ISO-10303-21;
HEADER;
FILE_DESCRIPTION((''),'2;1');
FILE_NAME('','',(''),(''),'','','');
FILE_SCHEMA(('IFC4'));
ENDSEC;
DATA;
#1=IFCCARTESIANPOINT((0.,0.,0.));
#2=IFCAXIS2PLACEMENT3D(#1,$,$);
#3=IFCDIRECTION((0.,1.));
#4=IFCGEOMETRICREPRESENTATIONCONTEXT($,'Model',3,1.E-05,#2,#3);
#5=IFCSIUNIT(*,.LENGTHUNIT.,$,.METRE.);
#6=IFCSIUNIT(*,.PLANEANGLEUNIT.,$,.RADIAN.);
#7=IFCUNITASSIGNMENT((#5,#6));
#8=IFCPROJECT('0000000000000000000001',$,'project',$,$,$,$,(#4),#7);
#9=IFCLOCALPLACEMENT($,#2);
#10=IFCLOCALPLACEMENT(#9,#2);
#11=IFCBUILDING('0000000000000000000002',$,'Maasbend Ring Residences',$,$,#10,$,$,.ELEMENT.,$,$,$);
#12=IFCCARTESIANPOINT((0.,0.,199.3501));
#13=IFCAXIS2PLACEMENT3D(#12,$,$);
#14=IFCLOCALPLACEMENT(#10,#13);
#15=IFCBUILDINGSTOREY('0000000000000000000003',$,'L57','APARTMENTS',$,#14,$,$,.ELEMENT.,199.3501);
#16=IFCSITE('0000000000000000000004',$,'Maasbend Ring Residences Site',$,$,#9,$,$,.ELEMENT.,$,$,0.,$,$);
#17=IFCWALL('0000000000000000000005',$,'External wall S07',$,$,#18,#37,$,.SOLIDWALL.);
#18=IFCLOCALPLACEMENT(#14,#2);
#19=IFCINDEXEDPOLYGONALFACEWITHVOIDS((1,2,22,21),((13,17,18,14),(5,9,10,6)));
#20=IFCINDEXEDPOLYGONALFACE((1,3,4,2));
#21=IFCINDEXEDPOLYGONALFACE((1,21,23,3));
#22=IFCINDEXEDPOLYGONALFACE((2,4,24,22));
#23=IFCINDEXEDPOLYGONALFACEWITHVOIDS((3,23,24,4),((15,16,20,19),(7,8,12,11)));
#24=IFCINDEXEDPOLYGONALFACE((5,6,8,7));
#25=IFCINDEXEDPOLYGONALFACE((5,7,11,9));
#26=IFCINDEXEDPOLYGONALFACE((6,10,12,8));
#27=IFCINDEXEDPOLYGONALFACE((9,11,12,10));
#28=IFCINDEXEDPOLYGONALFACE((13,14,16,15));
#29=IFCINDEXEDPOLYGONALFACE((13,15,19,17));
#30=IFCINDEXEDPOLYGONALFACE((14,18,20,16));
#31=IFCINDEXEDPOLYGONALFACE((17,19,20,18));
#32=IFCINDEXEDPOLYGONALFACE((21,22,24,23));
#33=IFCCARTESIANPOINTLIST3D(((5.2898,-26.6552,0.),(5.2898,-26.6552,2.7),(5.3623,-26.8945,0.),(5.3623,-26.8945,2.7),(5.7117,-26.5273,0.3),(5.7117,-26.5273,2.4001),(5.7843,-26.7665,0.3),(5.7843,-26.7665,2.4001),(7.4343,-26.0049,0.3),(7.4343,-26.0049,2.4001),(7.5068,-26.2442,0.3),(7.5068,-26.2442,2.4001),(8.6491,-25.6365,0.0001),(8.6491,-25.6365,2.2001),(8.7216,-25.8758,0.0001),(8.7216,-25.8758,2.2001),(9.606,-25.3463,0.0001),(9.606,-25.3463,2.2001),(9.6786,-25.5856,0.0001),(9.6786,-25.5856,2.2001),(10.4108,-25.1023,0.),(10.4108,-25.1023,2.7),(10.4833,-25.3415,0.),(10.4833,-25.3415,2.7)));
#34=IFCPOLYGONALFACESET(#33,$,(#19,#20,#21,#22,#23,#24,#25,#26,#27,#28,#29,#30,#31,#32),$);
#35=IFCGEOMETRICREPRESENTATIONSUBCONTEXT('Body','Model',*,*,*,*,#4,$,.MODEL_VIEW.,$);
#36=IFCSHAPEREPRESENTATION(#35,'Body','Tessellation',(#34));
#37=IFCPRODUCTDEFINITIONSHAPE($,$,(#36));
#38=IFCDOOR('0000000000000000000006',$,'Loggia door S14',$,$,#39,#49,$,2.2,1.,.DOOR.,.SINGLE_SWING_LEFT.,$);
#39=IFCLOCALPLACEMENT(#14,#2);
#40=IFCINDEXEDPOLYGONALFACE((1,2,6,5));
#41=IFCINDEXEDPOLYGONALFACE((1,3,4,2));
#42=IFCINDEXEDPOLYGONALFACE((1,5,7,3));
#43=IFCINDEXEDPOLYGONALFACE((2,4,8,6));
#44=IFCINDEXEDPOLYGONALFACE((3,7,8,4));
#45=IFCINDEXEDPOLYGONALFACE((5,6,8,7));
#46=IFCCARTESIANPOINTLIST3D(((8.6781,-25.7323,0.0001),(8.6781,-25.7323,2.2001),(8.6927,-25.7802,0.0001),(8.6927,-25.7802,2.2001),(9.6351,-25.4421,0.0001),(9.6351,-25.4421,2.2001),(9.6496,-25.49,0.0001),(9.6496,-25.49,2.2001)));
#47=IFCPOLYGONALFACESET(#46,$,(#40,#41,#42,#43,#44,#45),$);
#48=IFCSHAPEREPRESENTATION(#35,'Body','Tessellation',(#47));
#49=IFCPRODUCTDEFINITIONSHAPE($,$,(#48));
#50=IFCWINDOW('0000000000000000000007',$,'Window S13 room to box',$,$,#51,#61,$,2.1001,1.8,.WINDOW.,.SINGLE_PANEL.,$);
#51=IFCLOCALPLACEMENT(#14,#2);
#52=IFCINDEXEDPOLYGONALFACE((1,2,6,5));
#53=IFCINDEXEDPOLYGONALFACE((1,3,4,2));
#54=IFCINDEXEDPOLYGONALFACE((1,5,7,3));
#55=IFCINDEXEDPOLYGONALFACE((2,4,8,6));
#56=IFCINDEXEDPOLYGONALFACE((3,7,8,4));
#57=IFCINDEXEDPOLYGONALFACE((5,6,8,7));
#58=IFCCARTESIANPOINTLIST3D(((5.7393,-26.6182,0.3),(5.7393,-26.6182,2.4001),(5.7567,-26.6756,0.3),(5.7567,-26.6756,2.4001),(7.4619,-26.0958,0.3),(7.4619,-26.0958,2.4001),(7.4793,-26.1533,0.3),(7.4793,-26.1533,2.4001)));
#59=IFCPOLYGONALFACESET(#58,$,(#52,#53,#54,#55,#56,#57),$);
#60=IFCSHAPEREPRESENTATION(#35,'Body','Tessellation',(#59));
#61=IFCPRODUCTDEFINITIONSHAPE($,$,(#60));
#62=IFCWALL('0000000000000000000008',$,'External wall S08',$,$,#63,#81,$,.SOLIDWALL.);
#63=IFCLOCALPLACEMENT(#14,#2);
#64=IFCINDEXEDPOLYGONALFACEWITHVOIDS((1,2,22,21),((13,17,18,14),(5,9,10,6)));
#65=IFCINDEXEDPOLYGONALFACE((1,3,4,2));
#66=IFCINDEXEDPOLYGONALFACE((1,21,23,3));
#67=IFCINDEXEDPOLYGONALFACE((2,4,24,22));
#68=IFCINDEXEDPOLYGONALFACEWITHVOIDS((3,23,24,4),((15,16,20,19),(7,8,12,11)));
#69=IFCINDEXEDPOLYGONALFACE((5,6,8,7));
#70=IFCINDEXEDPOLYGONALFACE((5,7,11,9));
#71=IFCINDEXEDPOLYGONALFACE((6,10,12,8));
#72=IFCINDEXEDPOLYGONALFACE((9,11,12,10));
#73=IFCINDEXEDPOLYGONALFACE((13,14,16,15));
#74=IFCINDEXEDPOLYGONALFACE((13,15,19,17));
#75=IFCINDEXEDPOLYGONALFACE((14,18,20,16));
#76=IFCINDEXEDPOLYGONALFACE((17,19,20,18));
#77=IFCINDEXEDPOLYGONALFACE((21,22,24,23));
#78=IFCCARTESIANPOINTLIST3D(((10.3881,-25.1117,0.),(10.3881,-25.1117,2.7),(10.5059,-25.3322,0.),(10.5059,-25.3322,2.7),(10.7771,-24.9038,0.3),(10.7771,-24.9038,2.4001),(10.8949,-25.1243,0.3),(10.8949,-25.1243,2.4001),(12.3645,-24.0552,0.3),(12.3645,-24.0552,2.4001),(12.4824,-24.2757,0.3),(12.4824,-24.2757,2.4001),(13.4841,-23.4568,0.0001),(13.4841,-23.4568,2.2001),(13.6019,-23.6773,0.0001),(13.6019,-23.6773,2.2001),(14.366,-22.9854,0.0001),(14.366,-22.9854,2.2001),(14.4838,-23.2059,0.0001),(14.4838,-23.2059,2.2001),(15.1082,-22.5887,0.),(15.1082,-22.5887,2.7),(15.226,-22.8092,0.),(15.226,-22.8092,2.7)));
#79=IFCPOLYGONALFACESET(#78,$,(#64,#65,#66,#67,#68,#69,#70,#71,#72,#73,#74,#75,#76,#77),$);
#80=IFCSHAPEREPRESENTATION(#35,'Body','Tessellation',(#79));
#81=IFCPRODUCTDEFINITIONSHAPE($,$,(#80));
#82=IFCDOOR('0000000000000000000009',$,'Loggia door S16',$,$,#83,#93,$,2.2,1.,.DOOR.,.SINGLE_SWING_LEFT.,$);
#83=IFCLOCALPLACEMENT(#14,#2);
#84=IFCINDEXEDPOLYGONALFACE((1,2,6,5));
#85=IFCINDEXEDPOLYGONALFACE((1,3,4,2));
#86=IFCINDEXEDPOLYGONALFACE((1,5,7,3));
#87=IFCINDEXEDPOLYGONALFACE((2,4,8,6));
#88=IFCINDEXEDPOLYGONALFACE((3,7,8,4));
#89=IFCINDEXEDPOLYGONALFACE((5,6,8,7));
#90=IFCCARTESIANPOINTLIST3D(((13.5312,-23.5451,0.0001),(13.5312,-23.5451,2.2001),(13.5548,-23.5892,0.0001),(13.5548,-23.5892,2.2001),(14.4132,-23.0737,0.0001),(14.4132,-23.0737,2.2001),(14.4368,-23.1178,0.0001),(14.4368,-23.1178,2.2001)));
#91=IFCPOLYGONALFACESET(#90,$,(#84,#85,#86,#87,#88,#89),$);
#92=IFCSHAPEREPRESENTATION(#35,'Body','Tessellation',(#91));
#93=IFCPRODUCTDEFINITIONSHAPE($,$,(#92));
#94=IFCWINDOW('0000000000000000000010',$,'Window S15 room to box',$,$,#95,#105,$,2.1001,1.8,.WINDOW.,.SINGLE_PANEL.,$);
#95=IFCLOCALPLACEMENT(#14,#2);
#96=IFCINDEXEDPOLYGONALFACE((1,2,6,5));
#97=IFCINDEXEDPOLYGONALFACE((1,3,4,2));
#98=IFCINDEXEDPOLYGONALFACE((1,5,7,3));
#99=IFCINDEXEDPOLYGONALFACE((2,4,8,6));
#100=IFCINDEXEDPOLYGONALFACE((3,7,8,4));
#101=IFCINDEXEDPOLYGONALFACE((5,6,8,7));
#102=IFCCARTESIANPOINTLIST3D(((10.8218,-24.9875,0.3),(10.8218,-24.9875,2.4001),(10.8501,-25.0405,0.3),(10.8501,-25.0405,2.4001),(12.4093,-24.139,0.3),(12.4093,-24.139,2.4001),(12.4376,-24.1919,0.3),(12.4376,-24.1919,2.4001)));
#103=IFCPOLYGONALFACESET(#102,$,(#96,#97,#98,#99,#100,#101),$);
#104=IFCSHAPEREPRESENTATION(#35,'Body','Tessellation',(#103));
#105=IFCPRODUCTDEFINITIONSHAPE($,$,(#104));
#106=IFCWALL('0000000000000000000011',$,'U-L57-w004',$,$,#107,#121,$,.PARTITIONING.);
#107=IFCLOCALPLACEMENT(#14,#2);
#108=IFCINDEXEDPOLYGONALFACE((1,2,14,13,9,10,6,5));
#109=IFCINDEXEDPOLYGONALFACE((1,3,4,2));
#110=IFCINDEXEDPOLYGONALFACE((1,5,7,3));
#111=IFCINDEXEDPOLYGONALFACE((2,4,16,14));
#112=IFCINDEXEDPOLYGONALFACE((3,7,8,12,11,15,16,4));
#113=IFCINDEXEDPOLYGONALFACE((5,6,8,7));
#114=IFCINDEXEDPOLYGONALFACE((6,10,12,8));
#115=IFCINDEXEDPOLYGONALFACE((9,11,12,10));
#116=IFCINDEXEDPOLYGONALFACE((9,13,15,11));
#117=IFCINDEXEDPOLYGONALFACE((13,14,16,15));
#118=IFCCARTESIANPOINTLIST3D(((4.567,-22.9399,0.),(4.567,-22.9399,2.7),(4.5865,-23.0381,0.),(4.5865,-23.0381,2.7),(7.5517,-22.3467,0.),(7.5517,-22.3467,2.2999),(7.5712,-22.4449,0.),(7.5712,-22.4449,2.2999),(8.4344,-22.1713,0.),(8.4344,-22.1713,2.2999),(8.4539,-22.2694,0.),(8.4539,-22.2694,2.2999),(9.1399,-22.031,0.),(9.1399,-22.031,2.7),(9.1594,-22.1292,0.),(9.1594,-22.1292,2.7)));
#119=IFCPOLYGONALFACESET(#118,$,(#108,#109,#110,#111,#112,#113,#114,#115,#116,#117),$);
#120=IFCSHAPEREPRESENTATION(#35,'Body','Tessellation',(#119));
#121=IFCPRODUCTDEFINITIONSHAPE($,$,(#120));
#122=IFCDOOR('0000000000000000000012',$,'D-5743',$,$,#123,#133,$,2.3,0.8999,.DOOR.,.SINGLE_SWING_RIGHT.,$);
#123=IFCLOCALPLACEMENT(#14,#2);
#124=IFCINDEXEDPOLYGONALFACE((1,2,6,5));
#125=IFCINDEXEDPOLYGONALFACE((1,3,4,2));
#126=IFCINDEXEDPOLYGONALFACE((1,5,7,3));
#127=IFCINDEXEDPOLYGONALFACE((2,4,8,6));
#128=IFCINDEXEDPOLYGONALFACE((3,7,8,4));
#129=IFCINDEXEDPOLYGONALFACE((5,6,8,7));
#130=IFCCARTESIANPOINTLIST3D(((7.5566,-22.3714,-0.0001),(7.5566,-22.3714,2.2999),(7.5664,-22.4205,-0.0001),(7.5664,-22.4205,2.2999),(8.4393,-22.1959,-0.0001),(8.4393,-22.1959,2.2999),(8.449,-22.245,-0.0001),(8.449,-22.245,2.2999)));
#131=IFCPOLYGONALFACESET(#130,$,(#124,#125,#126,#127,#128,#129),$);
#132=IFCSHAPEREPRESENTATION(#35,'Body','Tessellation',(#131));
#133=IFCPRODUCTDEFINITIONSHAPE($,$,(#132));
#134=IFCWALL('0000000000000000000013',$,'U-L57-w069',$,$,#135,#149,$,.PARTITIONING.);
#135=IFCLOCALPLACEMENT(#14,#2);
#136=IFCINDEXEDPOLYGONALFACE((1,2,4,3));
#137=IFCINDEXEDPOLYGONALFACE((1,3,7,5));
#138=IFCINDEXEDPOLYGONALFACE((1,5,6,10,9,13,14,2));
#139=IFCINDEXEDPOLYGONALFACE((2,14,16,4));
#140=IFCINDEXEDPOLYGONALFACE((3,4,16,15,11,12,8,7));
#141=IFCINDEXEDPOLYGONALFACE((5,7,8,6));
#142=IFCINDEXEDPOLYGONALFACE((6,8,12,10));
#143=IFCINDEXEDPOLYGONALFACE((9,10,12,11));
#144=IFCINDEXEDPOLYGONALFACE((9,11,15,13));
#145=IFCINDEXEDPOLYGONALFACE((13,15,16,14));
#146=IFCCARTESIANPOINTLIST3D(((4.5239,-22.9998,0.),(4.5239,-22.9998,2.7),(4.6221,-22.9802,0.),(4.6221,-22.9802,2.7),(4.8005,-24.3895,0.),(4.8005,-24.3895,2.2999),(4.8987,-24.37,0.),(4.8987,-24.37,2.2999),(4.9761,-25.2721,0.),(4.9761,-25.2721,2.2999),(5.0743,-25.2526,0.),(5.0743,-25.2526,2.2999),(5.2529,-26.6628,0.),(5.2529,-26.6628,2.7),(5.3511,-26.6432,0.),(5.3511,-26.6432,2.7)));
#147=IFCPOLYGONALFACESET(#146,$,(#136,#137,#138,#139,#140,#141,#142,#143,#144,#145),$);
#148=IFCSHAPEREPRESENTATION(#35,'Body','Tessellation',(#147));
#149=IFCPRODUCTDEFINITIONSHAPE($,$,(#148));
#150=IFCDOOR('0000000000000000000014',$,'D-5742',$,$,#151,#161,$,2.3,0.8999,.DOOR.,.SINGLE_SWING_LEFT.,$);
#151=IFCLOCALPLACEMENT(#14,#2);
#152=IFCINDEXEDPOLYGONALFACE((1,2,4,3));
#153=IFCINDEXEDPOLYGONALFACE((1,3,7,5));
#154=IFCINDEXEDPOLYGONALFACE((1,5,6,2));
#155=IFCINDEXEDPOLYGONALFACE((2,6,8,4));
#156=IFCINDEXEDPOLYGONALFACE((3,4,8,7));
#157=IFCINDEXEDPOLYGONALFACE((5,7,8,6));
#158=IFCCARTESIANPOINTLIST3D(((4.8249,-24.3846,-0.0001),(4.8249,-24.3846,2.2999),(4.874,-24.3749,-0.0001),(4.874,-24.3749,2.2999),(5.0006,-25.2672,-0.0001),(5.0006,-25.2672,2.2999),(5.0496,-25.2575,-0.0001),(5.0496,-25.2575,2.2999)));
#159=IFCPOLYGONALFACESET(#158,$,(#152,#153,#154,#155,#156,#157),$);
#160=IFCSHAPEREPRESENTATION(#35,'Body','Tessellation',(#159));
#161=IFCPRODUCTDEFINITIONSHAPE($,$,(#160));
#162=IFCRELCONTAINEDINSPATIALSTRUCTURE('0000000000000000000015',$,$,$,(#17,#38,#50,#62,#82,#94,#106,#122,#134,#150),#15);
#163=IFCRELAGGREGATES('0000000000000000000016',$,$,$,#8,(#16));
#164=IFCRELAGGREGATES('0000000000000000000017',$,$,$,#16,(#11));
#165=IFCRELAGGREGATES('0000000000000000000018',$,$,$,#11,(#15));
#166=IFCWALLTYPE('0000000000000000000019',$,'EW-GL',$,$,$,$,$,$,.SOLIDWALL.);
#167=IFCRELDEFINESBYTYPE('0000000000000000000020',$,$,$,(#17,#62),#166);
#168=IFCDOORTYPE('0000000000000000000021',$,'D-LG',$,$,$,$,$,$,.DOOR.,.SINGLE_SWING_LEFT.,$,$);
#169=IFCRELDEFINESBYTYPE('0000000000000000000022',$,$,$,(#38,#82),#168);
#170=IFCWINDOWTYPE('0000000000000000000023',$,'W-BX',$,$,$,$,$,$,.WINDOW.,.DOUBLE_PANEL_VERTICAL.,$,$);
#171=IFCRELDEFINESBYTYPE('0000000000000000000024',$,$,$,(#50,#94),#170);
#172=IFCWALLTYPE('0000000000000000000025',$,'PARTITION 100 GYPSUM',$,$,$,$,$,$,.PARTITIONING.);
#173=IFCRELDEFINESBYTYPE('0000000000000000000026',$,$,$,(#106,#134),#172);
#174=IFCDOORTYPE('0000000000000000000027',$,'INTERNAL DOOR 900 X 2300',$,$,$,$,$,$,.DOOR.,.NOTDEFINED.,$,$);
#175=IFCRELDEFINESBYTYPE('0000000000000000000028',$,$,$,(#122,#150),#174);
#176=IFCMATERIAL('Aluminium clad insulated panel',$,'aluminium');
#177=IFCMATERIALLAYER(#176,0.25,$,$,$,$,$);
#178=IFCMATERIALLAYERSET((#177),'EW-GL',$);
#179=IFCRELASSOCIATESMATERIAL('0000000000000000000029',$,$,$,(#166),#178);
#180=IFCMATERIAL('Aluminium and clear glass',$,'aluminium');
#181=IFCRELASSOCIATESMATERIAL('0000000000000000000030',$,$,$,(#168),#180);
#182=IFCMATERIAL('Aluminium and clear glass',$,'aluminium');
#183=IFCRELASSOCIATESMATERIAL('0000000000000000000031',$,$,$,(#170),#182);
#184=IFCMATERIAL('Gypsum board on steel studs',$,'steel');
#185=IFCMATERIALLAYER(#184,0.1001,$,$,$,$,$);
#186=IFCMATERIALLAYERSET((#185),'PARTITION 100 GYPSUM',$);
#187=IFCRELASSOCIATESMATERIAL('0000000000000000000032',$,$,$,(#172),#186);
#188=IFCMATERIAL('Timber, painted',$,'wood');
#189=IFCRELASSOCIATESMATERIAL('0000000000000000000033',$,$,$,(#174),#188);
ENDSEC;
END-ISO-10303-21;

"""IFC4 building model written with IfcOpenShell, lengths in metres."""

from ifc_helpers import new_model, si_unit, direction, frame, frame_2d, origin, place, context, subcontext, project, spatial, rectangle, extrude, material, layer, layer_set, type_object, element, fill, save


model = new_model("IFC4")

# Units and contexts
model_context = context("Model", 3, precision=1e-05, world=origin(), true_north=direction((0.0, 1.0)))
body_context = subcontext(model_context, "Body", "Model", "MODEL_VIEW")
ifc_project = project(units=[si_unit("LENGTHUNIT", "METRE"), si_unit("PLANEANGLEUNIT", "RADIAN")], contexts=[model_context])

# Site, building, storey
site_placement = place(None, origin())
site = spatial("IfcSite", under=ifc_project, at=site_placement, Name="Maasbend Ring Residences Site", CompositionType="ELEMENT", RefElevation=0.0)
building_placement = place(site_placement, origin())
building = spatial("IfcBuilding", under=site, at=building_placement, Name="Maasbend Ring Residences", CompositionType="ELEMENT")
storey_placement = place(building_placement, frame((0.0, 0.0, 199.3501)))
storey = spatial("IfcBuildingStorey", under=building, at=storey_placement, Name="L57", Description="APARTMENTS", CompositionType="ELEMENT", Elevation=199.3501)

# Walls, openings, doors, windows
ifc_material_1 = material(Name="Aluminium clad insulated panel", Category="aluminium")
ifc_layer_1 = layer(ifc_material_1, 0.25)
ifc_layer_set_1 = layer_set([ifc_layer_1], Name="EW-GL")
wall_type_1 = type_object("IfcWallType", Name="EW-GL", PredefinedType="SOLIDWALL", material=ifc_layer_set_1)
wall_1_placement = place(storey_placement, frame((5.3259, -26.7749, 0.0), z_axis=(0.0, 0.0, 1.0), x_axis=(0.956966, 0.290201, 0.0)))
wall_1 = element("IfcWall", 1, at=wall_1_placement, inside=storey, type_object=wall_type_1, Name="External wall S07", PredefinedType="SOLIDWALL", context=body_context, shape_type="SweptSolid", body=[
    extrude(rectangle(XDim=5.3513, YDim=0.25, at=frame_2d((2.6758, 0.0))), origin(), (0.0, 0.0, 1.0), 2.7),
])
opening_1_placement = place(wall_1_placement, frame((0.4412, 0.0, 0.3)))
opening_1 = element("IfcOpeningElement", 2, at=opening_1_placement, cuts=wall_1, PredefinedType="OPENING", context=body_context, shape_type="SweptSolid", body=[
    extrude(rectangle(XDim=1.8, YDim=2.1001, at=frame_2d((0.8999, 1.05))), frame((0.0, 0.135, 0.0), z_axis=(0.0, -1.0, 0.0), x_axis=(1.0, 0.0, 0.0)), (0.0, 0.0, 1.0), 0.27),
])
opening_2_placement = place(wall_1_placement, frame((3.5105, 0.0, 0.0)))
opening_2 = element("IfcOpeningElement", 3, at=opening_2_placement, cuts=wall_1, PredefinedType="OPENING", context=body_context, shape_type="SweptSolid", body=[
    extrude(rectangle(XDim=1.0, YDim=2.2, at=frame_2d((0.5, 1.1001))), frame((0.0, 0.135, 0.0), z_axis=(0.0, -1.0, 0.0), x_axis=(1.0, 0.0, 0.0)), (0.0, 0.0, 1.0), 0.27),
])
ifc_material_2 = material(Name="Aluminium and clear glass", Category="aluminium")
door_type_1 = type_object("IfcDoorType", Name="D-LG", OperationType="SINGLE_SWING_LEFT", PredefinedType="DOOR", material=ifc_material_2)
door_1_placement = place(opening_2_placement, origin())
door_1 = element("IfcDoor", 4, at=door_1_placement, inside=storey, type_object=door_type_1, Name="Loggia door S14", OperationType="SINGLE_SWING_LEFT", OverallHeight=2.2, OverallWidth=1.0, PredefinedType="DOOR", context=body_context, shape_type="SweptSolid", body=[
    extrude(rectangle(XDim=1.0, YDim=2.2, at=frame_2d((0.5, 1.1001))), frame((0.0, 0.0249, 0.0), z_axis=(0.0, -1.0, 0.0), x_axis=(1.0, 0.0, 0.0)), (0.0, 0.0, 1.0), 0.05),
])
fill(opening_2, door_1)
ifc_material_3 = material(Name="Aluminium and clear glass", Category="aluminium")
window_type_1 = type_object("IfcWindowType", Name="W-BX", PartitioningType="DOUBLE_PANEL_VERTICAL", PredefinedType="WINDOW", material=ifc_material_3)
window_1_placement = place(opening_1_placement, origin())
window_1 = element("IfcWindow", 5, at=window_1_placement, inside=storey, type_object=window_type_1, Name="Window S13 room to box", OverallHeight=2.1001, OverallWidth=1.8, PartitioningType="SINGLE_PANEL", PredefinedType="WINDOW", context=body_context, shape_type="SweptSolid", body=[
    extrude(rectangle(XDim=1.8, YDim=2.1001, at=frame_2d((0.8999, 1.05))), frame((0.0, 0.03, 0.0), z_axis=(0.0, -1.0, 0.0), x_axis=(1.0, 0.0, 0.0)), (0.0, 0.0, 1.0), 0.0601),
])
fill(opening_1, window_1)
wall_2_placement = place(storey_placement, frame((10.447, -25.2219, 0.0), z_axis=(0.0, 0.0, 1.0), x_axis=(0.881916, 0.471407, 0.0)))
wall_2 = element("IfcWall", 6, at=wall_2_placement, inside=storey, type_object=wall_type_1, Name="External wall S08", PredefinedType="SOLIDWALL", context=body_context, shape_type="SweptSolid", body=[
    extrude(rectangle(XDim=5.3521, YDim=0.25, at=frame_2d((2.676, 0.0))), origin(), (0.0, 0.0, 1.0), 2.7),
])
opening_3_placement = place(wall_2_placement, frame((0.4412, 0.0, 0.3)))
opening_3 = element("IfcOpeningElement", 7, at=opening_3_placement, cuts=wall_2, PredefinedType="OPENING", context=body_context, shape_type="SweptSolid", body=[
    extrude(rectangle(XDim=1.8, YDim=2.1001, at=frame_2d((0.8999, 1.05))), frame((0.0, 0.135, 0.0), z_axis=(0.0, -1.0, 0.0), x_axis=(1.0, 0.0, 0.0)), (0.0, 0.0, 1.0), 0.27),
])
opening_4_placement = place(wall_2_placement, frame((3.5105, 0.0, 0.0)))
opening_4 = element("IfcOpeningElement", 8, at=opening_4_placement, cuts=wall_2, PredefinedType="OPENING", context=body_context, shape_type="SweptSolid", body=[
    extrude(rectangle(XDim=1.0, YDim=2.2, at=frame_2d((0.5, 1.1001))), frame((0.0, 0.135, 0.0), z_axis=(0.0, -1.0, 0.0), x_axis=(1.0, 0.0, 0.0)), (0.0, 0.0, 1.0), 0.27),
])
door_2_placement = place(opening_4_placement, origin())
door_2 = element("IfcDoor", 9, at=door_2_placement, inside=storey, type_object=door_type_1, Name="Loggia door S16", OperationType="SINGLE_SWING_LEFT", OverallHeight=2.2, OverallWidth=1.0, PredefinedType="DOOR", context=body_context, shape_type="SweptSolid", body=[
    extrude(rectangle(XDim=1.0, YDim=2.2, at=frame_2d((0.5, 1.1001))), frame((0.0, 0.0249, 0.0), z_axis=(0.0, -1.0, 0.0), x_axis=(1.0, 0.0, 0.0)), (0.0, 0.0, 1.0), 0.05),
])
fill(opening_4, door_2)
window_2_placement = place(opening_3_placement, origin())
window_2 = element("IfcWindow", 10, at=window_2_placement, inside=storey, type_object=window_type_1, Name="Window S15 room to box", OverallHeight=2.1001, OverallWidth=1.8, PartitioningType="SINGLE_PANEL", PredefinedType="WINDOW", context=body_context, shape_type="SweptSolid", body=[
    extrude(rectangle(XDim=1.8, YDim=2.1001, at=frame_2d((0.8999, 1.05))), frame((0.0, 0.03, 0.0), z_axis=(0.0, -1.0, 0.0), x_axis=(1.0, 0.0, 0.0)), (0.0, 0.0, 1.0), 0.0601),
])
fill(opening_3, window_2)

# Walls, openings, doors
ifc_material_4 = material(Name="Gypsum board on steel studs", Category="steel")
ifc_layer_2 = layer(ifc_material_4, 0.1001)
ifc_layer_set_2 = layer_set([ifc_layer_2], Name="PARTITION 100 GYPSUM")
wall_type_2 = type_object("IfcWallType", Name="PARTITION 100 GYPSUM", PredefinedType="PARTITIONING", material=ifc_layer_set_2)
wall_3_placement = place(storey_placement, frame((4.5769, -22.989, 0.0), z_axis=(0.0, 0.0, 1.0), x_axis=(0.980814, 0.194948, 0.0)))
wall_3 = element("IfcWall", 11, at=wall_3_placement, inside=storey, type_object=wall_type_2, Name="U-L57-w004", PredefinedType="PARTITIONING", context=body_context, shape_type="SweptSolid", body=[
    extrude(rectangle(XDim=4.6624, YDim=0.1001, at=frame_2d((2.3311, 0.0))), origin(), (0.0, 0.0, 1.0), 2.7),
])
opening_5_placement = place(wall_3_placement, frame((3.043, 0.0, 0.0)))
opening_5 = element("IfcOpeningElement", 12, at=opening_5_placement, cuts=wall_3, PredefinedType="OPENING", context=body_context, shape_type="SweptSolid", body=[
    extrude(rectangle(XDim=0.8999, YDim=2.3, at=frame_2d((0.45, 1.1499))), frame((0.0, 0.0601, 0.0), z_axis=(0.0, -1.0, 0.0), x_axis=(1.0, 0.0, 0.0)), (0.0, 0.0, 1.0), 0.1201),
])
ifc_material_5 = material(Name="Timber, painted", Category="wood")
door_type_2 = type_object("IfcDoorType", Name="INTERNAL DOOR 900 X 2300", OperationType="NOTDEFINED", PredefinedType="DOOR", material=ifc_material_5)
door_3_placement = place(opening_5_placement, origin())
door_3 = element("IfcDoor", 13, at=door_3_placement, inside=storey, type_object=door_type_2, Name="D-5743", OperationType="SINGLE_SWING_RIGHT", OverallHeight=2.3, OverallWidth=0.8999, PredefinedType="DOOR", context=body_context, shape_type="SweptSolid", body=[
    extrude(rectangle(XDim=0.8999, YDim=2.3, at=frame_2d((0.45, 1.1499))), frame((0.0, 0.0249, 0.0), z_axis=(0.0, -1.0, 0.0), x_axis=(1.0, 0.0, 0.0)), (0.0, 0.0, 1.0), 0.05),
])
fill(opening_5, door_3)
wall_4_placement = place(storey_placement, frame((4.573, -22.99, 0.0), z_axis=(0.0, 0.0, 1.0), x_axis=(0.195186, -0.980766, 0.0)))
wall_4 = element("IfcWall", 14, at=wall_4_placement, inside=storey, type_object=wall_type_2, Name="U-L57-w069", PredefinedType="PARTITIONING", context=body_context, shape_type="SweptSolid", body=[
    extrude(rectangle(XDim=3.7349, YDim=0.1001, at=frame_2d((1.8674, 0.0))), origin(), (0.0, 0.0, 1.0), 2.7),
])
opening_6_placement = place(wall_4_placement, frame((1.417, 0.0, 0.0)))
opening_6 = element("IfcOpeningElement", 15, at=opening_6_placement, cuts=wall_4, PredefinedType="OPENING", context=body_context, shape_type="SweptSolid", body=[
    extrude(rectangle(XDim=0.8999, YDim=2.3, at=frame_2d((0.45, 1.1499))), frame((0.0, 0.0601, 0.0), z_axis=(0.0, -1.0, 0.0), x_axis=(1.0, 0.0, 0.0)), (0.0, 0.0, 1.0), 0.1201),
])
door_4_placement = place(opening_6_placement, origin())
door_4 = element("IfcDoor", 16, at=door_4_placement, inside=storey, type_object=door_type_2, Name="D-5742", OperationType="SINGLE_SWING_LEFT", OverallHeight=2.3, OverallWidth=0.8999, PredefinedType="DOOR", context=body_context, shape_type="SweptSolid", body=[
    extrude(rectangle(XDim=0.8999, YDim=2.3, at=frame_2d((0.45, 1.1499))), frame((0.0, 0.0249, 0.0), z_axis=(0.0, -1.0, 0.0), x_axis=(1.0, 0.0, 0.0)), (0.0, 0.0, 1.0), 0.05),
])
fill(opening_6, door_4)

save(model, "model.ifc")
